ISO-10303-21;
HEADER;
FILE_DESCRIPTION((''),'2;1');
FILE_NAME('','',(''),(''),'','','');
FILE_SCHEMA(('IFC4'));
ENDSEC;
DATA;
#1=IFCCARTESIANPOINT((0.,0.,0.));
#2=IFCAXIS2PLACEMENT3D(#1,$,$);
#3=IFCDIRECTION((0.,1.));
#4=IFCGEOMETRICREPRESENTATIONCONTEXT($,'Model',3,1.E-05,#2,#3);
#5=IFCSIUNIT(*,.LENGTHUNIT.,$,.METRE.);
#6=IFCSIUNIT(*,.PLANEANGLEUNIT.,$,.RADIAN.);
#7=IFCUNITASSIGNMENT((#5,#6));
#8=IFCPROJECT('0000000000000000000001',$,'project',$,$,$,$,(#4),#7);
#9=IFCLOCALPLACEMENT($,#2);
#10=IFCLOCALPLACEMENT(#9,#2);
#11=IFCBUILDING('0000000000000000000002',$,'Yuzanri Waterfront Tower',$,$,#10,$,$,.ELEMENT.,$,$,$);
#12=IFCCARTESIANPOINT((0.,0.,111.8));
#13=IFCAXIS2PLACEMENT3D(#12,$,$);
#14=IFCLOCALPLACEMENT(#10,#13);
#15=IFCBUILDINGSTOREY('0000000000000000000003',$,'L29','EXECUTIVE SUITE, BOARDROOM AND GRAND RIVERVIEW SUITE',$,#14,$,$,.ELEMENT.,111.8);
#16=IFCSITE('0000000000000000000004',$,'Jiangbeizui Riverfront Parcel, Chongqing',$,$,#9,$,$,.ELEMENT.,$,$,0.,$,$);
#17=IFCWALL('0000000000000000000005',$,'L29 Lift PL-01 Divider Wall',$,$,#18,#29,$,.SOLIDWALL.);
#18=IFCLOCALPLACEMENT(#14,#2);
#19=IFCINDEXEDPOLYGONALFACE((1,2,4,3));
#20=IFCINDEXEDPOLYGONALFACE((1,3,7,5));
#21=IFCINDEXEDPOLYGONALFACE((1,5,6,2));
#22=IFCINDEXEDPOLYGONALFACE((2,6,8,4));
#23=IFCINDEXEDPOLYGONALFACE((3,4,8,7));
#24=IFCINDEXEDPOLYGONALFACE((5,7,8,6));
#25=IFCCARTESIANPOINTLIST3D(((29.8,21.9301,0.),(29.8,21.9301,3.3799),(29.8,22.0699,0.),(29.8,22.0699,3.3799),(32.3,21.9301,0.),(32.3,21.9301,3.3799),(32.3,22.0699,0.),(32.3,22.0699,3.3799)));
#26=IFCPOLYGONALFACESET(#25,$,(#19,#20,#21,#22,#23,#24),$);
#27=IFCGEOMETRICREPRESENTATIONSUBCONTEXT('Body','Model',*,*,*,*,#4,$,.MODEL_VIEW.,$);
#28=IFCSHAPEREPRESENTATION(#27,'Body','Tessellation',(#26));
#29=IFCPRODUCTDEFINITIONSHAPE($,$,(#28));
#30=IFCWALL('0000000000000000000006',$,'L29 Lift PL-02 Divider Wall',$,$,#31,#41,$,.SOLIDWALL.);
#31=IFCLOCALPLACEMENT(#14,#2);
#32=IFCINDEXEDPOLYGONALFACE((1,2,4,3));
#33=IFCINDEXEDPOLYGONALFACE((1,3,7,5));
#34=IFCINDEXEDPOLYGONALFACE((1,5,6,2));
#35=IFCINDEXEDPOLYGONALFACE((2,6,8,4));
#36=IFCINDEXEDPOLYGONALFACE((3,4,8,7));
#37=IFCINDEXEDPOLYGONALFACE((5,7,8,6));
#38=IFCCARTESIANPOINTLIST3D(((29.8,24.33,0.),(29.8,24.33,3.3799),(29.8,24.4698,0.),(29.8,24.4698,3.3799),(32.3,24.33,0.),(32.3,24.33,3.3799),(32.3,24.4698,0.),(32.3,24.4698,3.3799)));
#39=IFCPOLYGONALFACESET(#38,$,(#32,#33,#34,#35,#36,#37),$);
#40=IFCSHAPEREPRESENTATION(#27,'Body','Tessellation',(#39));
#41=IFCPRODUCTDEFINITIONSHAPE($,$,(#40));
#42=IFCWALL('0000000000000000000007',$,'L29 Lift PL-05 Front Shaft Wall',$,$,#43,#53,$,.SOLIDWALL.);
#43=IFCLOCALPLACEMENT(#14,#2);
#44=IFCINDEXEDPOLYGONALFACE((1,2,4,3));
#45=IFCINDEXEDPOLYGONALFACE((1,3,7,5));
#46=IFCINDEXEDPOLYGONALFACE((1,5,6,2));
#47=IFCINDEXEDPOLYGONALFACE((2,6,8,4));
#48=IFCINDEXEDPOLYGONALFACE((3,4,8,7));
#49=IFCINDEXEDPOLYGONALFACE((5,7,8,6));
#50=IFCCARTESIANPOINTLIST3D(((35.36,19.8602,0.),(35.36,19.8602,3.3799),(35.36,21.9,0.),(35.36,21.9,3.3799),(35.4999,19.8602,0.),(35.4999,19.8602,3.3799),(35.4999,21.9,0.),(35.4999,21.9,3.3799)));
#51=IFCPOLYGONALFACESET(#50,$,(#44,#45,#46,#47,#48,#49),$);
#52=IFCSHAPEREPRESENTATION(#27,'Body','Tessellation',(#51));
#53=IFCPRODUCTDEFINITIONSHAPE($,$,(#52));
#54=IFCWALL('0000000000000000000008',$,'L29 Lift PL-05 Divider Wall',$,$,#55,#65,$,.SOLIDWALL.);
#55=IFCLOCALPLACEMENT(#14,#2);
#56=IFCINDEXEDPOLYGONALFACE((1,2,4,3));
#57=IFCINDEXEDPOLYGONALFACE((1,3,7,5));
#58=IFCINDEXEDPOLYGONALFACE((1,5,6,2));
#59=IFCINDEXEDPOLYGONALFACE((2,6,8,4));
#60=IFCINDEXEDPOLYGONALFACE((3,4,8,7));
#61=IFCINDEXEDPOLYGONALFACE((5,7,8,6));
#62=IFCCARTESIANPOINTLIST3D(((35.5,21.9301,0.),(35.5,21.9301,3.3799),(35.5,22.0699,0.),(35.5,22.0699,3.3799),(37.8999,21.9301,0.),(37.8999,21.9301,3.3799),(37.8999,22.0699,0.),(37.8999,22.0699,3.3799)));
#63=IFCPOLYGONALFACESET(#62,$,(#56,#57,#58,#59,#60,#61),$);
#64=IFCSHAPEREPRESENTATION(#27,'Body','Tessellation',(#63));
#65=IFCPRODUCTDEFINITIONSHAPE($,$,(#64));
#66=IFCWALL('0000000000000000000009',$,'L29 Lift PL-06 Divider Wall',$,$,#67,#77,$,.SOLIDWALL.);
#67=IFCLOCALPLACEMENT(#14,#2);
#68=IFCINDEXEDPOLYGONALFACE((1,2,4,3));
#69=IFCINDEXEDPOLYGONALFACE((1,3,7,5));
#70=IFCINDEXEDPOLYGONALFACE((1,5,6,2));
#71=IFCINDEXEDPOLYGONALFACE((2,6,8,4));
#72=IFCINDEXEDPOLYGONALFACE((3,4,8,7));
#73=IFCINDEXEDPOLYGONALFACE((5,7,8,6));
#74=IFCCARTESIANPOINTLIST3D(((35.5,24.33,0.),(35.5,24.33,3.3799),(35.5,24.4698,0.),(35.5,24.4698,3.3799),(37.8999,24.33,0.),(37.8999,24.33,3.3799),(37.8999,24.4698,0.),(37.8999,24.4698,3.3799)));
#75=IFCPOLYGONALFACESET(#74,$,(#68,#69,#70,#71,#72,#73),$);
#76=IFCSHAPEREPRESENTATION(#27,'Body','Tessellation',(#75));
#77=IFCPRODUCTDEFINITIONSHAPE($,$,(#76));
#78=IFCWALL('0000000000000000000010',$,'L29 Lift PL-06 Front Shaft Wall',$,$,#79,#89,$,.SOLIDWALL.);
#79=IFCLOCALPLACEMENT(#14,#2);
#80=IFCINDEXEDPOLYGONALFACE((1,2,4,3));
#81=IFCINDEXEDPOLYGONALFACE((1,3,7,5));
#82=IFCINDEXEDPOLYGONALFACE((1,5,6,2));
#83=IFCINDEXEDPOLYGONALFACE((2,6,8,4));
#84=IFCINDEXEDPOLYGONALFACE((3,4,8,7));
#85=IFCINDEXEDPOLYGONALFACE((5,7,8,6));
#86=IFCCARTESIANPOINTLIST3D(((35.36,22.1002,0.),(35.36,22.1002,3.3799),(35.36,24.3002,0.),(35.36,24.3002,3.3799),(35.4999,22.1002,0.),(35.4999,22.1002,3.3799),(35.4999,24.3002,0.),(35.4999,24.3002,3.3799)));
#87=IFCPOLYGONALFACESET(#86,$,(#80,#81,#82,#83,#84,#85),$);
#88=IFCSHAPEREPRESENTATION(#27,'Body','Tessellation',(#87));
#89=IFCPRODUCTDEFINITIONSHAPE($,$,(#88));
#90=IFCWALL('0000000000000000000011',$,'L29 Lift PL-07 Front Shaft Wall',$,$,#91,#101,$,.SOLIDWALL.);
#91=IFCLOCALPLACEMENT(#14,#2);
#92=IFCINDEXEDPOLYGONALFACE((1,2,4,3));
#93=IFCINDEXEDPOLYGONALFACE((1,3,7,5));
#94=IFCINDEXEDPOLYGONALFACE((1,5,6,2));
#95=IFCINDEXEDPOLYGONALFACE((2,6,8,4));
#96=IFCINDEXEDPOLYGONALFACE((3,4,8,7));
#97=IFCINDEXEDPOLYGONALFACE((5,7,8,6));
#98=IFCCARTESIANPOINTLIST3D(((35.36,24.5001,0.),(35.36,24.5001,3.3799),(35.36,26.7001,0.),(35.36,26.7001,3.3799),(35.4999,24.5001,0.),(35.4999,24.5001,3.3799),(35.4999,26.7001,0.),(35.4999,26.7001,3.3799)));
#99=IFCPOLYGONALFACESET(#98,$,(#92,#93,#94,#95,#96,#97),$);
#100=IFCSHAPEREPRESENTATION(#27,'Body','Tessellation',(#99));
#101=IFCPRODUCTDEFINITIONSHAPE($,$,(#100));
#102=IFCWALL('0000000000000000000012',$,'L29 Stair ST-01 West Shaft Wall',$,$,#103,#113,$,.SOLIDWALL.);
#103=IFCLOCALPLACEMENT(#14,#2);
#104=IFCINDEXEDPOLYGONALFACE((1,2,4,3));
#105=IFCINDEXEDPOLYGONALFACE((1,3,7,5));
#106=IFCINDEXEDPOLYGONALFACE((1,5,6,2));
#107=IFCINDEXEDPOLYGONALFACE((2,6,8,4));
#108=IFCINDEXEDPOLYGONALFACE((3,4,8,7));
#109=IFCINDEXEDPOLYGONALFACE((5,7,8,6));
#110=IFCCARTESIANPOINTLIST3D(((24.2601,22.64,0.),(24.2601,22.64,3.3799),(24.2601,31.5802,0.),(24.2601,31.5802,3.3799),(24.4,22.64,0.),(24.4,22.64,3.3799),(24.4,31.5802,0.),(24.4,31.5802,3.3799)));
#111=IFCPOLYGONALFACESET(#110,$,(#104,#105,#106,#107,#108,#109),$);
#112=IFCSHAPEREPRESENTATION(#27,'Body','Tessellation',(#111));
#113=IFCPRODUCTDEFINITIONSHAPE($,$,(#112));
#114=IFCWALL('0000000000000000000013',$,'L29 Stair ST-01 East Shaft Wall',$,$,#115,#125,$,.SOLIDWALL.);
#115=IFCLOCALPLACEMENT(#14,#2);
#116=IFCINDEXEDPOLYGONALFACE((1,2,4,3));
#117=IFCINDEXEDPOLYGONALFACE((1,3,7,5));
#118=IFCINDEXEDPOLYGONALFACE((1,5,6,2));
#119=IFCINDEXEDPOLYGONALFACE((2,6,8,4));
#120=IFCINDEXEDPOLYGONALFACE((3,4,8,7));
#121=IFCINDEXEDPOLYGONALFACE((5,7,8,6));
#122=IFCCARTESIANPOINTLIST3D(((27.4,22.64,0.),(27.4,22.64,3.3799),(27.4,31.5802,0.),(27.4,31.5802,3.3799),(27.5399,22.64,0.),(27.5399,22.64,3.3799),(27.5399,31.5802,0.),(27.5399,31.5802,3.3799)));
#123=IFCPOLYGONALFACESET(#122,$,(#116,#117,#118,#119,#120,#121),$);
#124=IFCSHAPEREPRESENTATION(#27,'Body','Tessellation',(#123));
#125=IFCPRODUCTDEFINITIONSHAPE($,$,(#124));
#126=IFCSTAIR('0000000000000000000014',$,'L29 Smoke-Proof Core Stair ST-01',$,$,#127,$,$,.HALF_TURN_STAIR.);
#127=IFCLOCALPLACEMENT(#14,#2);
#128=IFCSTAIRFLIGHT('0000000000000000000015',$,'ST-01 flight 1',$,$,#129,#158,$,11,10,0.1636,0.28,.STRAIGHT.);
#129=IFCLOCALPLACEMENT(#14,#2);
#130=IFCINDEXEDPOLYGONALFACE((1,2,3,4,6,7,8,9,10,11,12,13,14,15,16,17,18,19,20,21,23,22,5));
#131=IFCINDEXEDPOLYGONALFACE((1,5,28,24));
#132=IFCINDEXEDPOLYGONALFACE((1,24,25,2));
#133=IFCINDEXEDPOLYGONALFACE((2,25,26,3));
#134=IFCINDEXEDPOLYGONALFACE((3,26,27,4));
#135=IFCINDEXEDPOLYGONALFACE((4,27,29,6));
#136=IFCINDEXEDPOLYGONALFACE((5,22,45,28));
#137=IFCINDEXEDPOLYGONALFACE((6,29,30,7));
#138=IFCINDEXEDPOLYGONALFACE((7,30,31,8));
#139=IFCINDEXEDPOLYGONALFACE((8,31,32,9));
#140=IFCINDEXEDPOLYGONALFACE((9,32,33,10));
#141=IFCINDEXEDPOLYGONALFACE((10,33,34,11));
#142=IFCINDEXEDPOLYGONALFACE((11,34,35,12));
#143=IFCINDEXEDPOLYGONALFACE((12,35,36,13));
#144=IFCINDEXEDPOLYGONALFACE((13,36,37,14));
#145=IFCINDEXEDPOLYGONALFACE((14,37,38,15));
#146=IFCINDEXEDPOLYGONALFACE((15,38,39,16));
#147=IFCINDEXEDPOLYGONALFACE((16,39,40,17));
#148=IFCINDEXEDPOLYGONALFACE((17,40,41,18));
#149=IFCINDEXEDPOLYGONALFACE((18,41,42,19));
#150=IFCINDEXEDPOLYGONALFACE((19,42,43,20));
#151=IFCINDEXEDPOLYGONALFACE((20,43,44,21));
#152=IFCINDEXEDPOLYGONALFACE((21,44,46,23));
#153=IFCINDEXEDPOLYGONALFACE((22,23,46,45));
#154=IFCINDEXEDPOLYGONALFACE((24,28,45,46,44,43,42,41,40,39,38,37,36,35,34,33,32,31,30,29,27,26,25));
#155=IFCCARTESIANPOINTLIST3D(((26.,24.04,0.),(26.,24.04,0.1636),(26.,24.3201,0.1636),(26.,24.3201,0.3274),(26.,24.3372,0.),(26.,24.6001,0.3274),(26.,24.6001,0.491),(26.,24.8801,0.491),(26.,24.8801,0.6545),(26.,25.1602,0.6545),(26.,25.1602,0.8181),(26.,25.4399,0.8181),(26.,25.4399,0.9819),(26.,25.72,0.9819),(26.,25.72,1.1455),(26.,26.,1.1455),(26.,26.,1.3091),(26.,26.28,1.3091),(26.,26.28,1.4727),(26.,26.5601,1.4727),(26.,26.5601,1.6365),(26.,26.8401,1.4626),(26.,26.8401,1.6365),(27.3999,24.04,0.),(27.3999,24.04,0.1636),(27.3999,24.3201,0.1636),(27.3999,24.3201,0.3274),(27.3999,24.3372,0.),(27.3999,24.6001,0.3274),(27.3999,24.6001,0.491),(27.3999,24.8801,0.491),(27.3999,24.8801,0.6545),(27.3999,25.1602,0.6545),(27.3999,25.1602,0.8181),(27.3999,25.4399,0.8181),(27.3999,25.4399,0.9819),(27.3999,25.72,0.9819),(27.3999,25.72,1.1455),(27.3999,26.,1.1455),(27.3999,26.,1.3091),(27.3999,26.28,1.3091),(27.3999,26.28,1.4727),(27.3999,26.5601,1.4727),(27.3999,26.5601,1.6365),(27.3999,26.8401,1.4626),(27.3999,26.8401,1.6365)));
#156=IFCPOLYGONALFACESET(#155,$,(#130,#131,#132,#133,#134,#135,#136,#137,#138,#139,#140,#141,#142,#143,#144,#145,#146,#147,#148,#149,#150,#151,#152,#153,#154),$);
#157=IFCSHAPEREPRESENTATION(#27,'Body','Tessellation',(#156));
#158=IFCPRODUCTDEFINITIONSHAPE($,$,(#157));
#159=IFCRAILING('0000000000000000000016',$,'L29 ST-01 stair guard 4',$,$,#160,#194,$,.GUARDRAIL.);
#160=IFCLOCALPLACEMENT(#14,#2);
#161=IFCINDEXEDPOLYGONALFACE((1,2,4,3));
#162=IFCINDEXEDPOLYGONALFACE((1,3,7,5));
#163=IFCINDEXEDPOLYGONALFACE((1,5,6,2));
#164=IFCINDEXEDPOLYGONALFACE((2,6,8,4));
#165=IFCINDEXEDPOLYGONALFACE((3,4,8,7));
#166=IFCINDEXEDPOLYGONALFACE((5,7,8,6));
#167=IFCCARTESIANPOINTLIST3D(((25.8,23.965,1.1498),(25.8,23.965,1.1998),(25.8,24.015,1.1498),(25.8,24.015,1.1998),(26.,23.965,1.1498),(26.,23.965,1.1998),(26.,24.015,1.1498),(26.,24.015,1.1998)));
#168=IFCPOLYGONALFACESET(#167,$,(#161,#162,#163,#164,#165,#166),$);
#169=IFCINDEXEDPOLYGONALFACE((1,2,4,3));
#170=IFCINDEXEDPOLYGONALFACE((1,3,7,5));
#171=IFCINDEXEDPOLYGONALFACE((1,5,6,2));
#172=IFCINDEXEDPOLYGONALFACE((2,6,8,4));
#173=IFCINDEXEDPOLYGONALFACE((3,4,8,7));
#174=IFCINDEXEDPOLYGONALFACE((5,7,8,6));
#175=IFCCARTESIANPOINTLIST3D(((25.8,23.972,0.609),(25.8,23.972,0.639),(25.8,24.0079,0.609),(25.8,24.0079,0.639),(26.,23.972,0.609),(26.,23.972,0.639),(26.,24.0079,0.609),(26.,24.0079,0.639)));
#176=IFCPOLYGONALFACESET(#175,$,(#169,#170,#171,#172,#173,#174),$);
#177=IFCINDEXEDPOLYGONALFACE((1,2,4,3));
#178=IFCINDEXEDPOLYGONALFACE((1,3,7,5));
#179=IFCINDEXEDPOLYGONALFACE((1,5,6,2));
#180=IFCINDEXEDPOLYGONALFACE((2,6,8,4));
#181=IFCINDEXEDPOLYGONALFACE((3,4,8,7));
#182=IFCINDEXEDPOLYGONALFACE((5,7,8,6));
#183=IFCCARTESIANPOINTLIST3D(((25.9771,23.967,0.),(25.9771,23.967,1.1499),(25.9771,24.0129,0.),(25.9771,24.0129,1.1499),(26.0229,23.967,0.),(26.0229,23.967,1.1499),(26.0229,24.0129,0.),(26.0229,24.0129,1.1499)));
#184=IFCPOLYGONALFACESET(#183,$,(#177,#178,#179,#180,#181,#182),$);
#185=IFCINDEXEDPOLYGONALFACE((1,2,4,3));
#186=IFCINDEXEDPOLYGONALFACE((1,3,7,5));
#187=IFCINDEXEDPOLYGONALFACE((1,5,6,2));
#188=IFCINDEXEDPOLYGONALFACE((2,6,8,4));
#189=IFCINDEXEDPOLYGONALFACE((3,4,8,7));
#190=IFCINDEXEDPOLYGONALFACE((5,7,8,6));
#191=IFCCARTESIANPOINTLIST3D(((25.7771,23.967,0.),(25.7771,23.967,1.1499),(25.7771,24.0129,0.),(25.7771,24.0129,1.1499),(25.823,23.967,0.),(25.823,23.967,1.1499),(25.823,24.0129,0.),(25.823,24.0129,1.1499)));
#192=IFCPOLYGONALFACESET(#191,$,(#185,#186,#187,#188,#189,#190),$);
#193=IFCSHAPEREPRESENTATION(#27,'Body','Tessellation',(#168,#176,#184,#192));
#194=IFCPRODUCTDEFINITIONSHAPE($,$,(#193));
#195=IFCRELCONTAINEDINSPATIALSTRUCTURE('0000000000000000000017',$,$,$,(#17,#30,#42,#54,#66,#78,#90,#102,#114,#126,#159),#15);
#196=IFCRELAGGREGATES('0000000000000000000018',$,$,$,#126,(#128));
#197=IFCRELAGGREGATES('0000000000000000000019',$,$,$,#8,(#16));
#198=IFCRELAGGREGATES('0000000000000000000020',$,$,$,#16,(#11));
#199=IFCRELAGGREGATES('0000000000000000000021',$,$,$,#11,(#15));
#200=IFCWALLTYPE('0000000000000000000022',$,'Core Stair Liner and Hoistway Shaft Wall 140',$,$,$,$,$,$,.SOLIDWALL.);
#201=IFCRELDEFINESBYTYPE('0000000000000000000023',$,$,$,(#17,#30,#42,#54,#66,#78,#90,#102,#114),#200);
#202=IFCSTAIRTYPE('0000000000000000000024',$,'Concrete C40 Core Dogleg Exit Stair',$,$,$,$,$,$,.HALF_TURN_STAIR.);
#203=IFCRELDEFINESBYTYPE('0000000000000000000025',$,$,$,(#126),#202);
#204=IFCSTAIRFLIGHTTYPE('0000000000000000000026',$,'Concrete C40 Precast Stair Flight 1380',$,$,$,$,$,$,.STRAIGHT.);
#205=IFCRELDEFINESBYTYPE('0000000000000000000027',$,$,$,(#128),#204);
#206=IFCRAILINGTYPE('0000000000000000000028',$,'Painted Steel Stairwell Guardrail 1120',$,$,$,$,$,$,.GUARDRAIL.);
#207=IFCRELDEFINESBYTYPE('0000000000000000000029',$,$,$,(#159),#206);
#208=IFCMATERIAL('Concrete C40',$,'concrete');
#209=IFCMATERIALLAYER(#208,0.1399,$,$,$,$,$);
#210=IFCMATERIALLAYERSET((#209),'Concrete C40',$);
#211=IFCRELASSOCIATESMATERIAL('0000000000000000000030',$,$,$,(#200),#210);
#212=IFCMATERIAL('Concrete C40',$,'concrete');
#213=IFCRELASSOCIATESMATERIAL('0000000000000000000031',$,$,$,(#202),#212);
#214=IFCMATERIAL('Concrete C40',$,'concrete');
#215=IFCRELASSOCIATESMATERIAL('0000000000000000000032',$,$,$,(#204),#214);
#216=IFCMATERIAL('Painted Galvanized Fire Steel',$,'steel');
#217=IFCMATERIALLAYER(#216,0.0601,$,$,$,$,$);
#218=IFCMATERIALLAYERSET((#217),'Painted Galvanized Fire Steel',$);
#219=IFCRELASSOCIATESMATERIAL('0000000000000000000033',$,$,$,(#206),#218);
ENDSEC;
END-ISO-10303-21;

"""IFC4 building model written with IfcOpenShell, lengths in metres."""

from ifc_helpers import new_model, si_unit, direction, frame, frame_2d, origin, origin_2d, place, context, subcontext, project, spatial, polyline, rectangle, outline, extrude, source, transform, mapped, material, layer, layer_set, type_object, element, aggregate, save


model = new_model("IFC4")

# Units and contexts
model_context = context("Model", 3, precision=1e-05, world=origin(), true_north=direction((0.0, 1.0)))
body_context = subcontext(model_context, "Body", "Model", "MODEL_VIEW")
ifc_project = project(units=[si_unit("LENGTHUNIT", "METRE"), si_unit("PLANEANGLEUNIT", "RADIAN")], contexts=[model_context])

# Site, building, storey
site_placement = place(None, origin())
site = spatial("IfcSite", under=ifc_project, at=site_placement, Name="Jiangbeizui Riverfront Parcel, Chongqing", CompositionType="ELEMENT", RefElevation=0.0)
building_placement = place(site_placement, origin())
building = spatial("IfcBuilding", under=site, at=building_placement, Name="Yuzanri Waterfront Tower", CompositionType="ELEMENT")
storey_placement = place(building_placement, frame((0.0, 0.0, 111.8)))
storey = spatial("IfcBuildingStorey", under=building, at=storey_placement, Name="L29", Description="EXECUTIVE SUITE, BOARDROOM AND GRAND RIVERVIEW SUITE", CompositionType="ELEMENT", Elevation=111.8)

# Shared definitions
ifc_material_1 = material(Name="Concrete C40", Category="concrete")
ifc_layer_1 = layer(ifc_material_1, 0.1399)
ifc_layer_set_1 = layer_set([ifc_layer_1], Name="Concrete C40")
wall_type = type_object("IfcWallType", Name="Core Stair Liner and Hoistway Shaft Wall 140", PredefinedType="SOLIDWALL", material=ifc_layer_set_1)

# Walls
shared_shape_1 = source(origin(), body_context, "Body", "SweptSolid", [
    extrude(rectangle(XDim=2.5, YDim=0.1399, at=frame_2d((1.25, 0.0))), origin(), (0.0, 0.0, 1.0), 3.3799),
])
for number, where, z_axis, x_axis, name in (
    (1, (29.8, 22.0, 0.0), (0.0, 0.0, 1.0), (1.0, 0.0, 0.0), "L29 Lift PL-01 Divider Wall"),
    (2, (29.8, 24.3999, 0.0), (0.0, 0.0, 1.0), (1.0, 0.0, 0.0), "L29 Lift PL-02 Divider Wall"),
):
    element("IfcWall", number, at=place(storey_placement, frame(where, z_axis=z_axis, x_axis=x_axis)), inside=storey, type_object=wall_type, Name=name, PredefinedType="SOLIDWALL", context=body_context, shape_type="MappedRepresentation", body=[
        mapped(shared_shape_1, transform((0.0, 0.0, 0.0), scale=1.0)),
    ])
shared_shape_2 = source(origin(), body_context, "Body", "SweptSolid", [
    extrude(rectangle(XDim=2.0398, YDim=0.1399, at=frame_2d((1.02, 0.0))), origin(), (0.0, 0.0, 1.0), 3.3799),
])
wall_1_placement = place(storey_placement, frame((35.4299, 19.8601, 0.0), z_axis=(0.0, 0.0, 1.0), x_axis=(0.0, 1.0, 0.0)))
element("IfcWall", 3, at=wall_1_placement, inside=storey, type_object=wall_type, Name="L29 Lift PL-05 Front Shaft Wall", PredefinedType="SOLIDWALL", context=body_context, shape_type="MappedRepresentation", body=[
    mapped(shared_shape_2, transform((0.0, 0.0, 0.0), scale=1.0)),
])
shared_shape_3 = source(origin(), body_context, "Body", "SweptSolid", [
    extrude(rectangle(XDim=2.3999, YDim=0.1399, at=frame_2d((1.2, 0.0))), origin(), (0.0, 0.0, 1.0), 3.3799),
])
for number, where, z_axis, x_axis, name in (
    (4, (35.5, 22.0, 0.0), (0.0, 0.0, 1.0), (1.0, 0.0, 0.0), "L29 Lift PL-05 Divider Wall"),
    (5, (35.5, 24.3999, 0.0), (0.0, 0.0, 1.0), (1.0, 0.0, 0.0), "L29 Lift PL-06 Divider Wall"),
):
    element("IfcWall", number, at=place(storey_placement, frame(where, z_axis=z_axis, x_axis=x_axis)), inside=storey, type_object=wall_type, Name=name, PredefinedType="SOLIDWALL", context=body_context, shape_type="MappedRepresentation", body=[
        mapped(shared_shape_3, transform((0.0, 0.0, 0.0), scale=1.0)),
    ])
shared_shape_4 = source(origin(), body_context, "Body", "SweptSolid", [
    extrude(rectangle(XDim=2.2, YDim=0.1399, at=frame_2d((1.1001, 0.0))), origin(), (0.0, 0.0, 1.0), 3.3799),
])
for number, where, z_axis, x_axis, name in (
    (6, (35.4299, 22.1001, 0.0), (0.0, 0.0, 1.0), (0.0, 1.0, 0.0), "L29 Lift PL-06 Front Shaft Wall"),
    (7, (35.4299, 24.5, 0.0), (0.0, 0.0, 1.0), (0.0, 1.0, 0.0), "L29 Lift PL-07 Front Shaft Wall"),
):
    element("IfcWall", number, at=place(storey_placement, frame(where, z_axis=z_axis, x_axis=x_axis)), inside=storey, type_object=wall_type, Name=name, PredefinedType="SOLIDWALL", context=body_context, shape_type="MappedRepresentation", body=[
        mapped(shared_shape_4, transform((0.0, 0.0, 0.0), scale=1.0)),
    ])
shared_shape_5 = source(origin(), body_context, "Body", "SweptSolid", [
    extrude(rectangle(XDim=8.9402, YDim=0.1399, at=frame_2d((4.4702, 0.0))), origin(), (0.0, 0.0, 1.0), 3.3799),
])
for number, where, z_axis, x_axis, name in (
    (8, (24.3301, 22.6399, 0.0), (0.0, 0.0, 1.0), (0.0, 1.0, 0.0), "L29 Stair ST-01 West Shaft Wall"),
    (9, (27.47, 22.6399, 0.0), (0.0, 0.0, 1.0), (0.0, 1.0, 0.0), "L29 Stair ST-01 East Shaft Wall"),
):
    element("IfcWall", number, at=place(storey_placement, frame(where, z_axis=z_axis, x_axis=x_axis)), inside=storey, type_object=wall_type, Name=name, PredefinedType="SOLIDWALL", context=body_context, shape_type="MappedRepresentation", body=[
        mapped(shared_shape_5, transform((0.0, 0.0, 0.0), scale=1.0)),
    ])

# Stair, stair flight
ifc_material_2 = material(Name="Concrete C40", Category="concrete")
stair_type = type_object("IfcStairType", Name="Concrete C40 Core Dogleg Exit Stair", PredefinedType="HALF_TURN_STAIR", material=ifc_material_2)
stair_placement = place(storey_placement, origin())
stair = element("IfcStair", 10, at=stair_placement, inside=storey, type_object=stair_type, Name="L29 Smoke-Proof Core Stair ST-01", PredefinedType="HALF_TURN_STAIR")
ifc_material_3 = material(Name="Concrete C40", Category="concrete")
stair_flight_type = type_object("IfcStairFlightType", Name="Concrete C40 Precast Stair Flight 1380", PredefinedType="STRAIGHT", material=ifc_material_3)
shared_shape_6 = source(origin(), body_context, "Body", "SweptSolid", [
    extrude(outline(polyline([(0.0, 0.0), (0.0, 0.1636), (0.28, 0.1636), (0.28, 0.3274), (0.5601, 0.3274), (0.5601, 0.491), (0.8401, 0.491), (0.8401, 0.6545), (1.1201, 0.6545), (1.1201, 0.8181), (1.3999, 0.8181), (1.3999, 0.9819), (1.6799, 0.9819), (1.6799, 1.1455), (1.96, 1.1455), (1.96, 1.3091), (2.24, 1.3091), (2.24, 1.4727), (2.52, 1.4727), (2.52, 1.6365), (2.8, 1.6365), (2.8, 1.8), (2.8, 1.4626), (0.2971, 0.0), (0.0, 0.0)])), frame((0.0, 0.7, 0.0), z_axis=(0.0, -1.0, 0.0), x_axis=(1.0, 0.0, 0.0)), (0.0, 0.0, 1.0), 1.3999),
])
stair_flight_placement = place(storey_placement, frame((26.7, 24.04, 0.0), z_axis=(0.0, 0.0, 1.0), x_axis=(0.0, 1.0, 0.0)))
stair_flight = element("IfcStairFlight", 11, at=stair_flight_placement, type_object=stair_flight_type, Name="ST-01 flight 1", NumberOfRisers=11, NumberOfTreads=10, PredefinedType="STRAIGHT", RiserHeight=0.1636, TreadLength=0.28, context=body_context, shape_type="MappedRepresentation", body=[
    mapped(shared_shape_6, transform((0.0, 0.0, 0.0), scale=1.0)),
])
aggregate(stair, [stair_flight])

# Railing
ifc_material_4 = material(Name="Painted Galvanized Fire Steel", Category="steel")
ifc_layer_2 = layer(ifc_material_4, 0.0601)
ifc_layer_set_2 = layer_set([ifc_layer_2], Name="Painted Galvanized Fire Steel")
railing_type_1 = type_object("IfcRailingType", Name="Painted Steel Stairwell Guardrail 1120", PredefinedType="GUARDRAIL", material=ifc_layer_set_2)
shared_shape_7 = source(origin(), body_context, "Body", "SweptSolid", [
    extrude(rectangle(XDim=0.05, YDim=0.05, at=origin_2d()), frame((0.0, 0.0, 1.1748), z_axis=(-1.0, 0.0, 0.0), x_axis=(0.0, -1.0, 0.0)), (0.0, 0.0, 1.0), 0.2),
    extrude(rectangle(XDim=0.0359, YDim=0.03, at=origin_2d()), frame((0.0, 0.0, 0.624), z_axis=(-1.0, 0.0, 0.0), x_axis=(0.0, -1.0, 0.0)), (0.0, 0.0, 1.0), 0.2),
    extrude(rectangle(XDim=0.0459, YDim=0.0459, at=origin_2d()), origin(), (0.0, 0.0, 1.0), 1.1499),
    extrude(rectangle(XDim=0.0459, YDim=0.0459, at=origin_2d()), frame((-0.2, 0.0, 0.0)), (0.0, 0.0, 1.0), 1.1499),
])
railing_1_placement = place(storey_placement, frame((26.0, 23.99, 0.0)))
element("IfcRailing", 12, at=railing_1_placement, inside=storey, type_object=railing_type_1, Name="L29 ST-01 stair guard 4", PredefinedType="GUARDRAIL", context=body_context, shape_type="MappedRepresentation", body=[
    mapped(shared_shape_7, transform((0.0, 0.0, 0.0), scale=1.0)),
])

save(model, "model.ifc")
